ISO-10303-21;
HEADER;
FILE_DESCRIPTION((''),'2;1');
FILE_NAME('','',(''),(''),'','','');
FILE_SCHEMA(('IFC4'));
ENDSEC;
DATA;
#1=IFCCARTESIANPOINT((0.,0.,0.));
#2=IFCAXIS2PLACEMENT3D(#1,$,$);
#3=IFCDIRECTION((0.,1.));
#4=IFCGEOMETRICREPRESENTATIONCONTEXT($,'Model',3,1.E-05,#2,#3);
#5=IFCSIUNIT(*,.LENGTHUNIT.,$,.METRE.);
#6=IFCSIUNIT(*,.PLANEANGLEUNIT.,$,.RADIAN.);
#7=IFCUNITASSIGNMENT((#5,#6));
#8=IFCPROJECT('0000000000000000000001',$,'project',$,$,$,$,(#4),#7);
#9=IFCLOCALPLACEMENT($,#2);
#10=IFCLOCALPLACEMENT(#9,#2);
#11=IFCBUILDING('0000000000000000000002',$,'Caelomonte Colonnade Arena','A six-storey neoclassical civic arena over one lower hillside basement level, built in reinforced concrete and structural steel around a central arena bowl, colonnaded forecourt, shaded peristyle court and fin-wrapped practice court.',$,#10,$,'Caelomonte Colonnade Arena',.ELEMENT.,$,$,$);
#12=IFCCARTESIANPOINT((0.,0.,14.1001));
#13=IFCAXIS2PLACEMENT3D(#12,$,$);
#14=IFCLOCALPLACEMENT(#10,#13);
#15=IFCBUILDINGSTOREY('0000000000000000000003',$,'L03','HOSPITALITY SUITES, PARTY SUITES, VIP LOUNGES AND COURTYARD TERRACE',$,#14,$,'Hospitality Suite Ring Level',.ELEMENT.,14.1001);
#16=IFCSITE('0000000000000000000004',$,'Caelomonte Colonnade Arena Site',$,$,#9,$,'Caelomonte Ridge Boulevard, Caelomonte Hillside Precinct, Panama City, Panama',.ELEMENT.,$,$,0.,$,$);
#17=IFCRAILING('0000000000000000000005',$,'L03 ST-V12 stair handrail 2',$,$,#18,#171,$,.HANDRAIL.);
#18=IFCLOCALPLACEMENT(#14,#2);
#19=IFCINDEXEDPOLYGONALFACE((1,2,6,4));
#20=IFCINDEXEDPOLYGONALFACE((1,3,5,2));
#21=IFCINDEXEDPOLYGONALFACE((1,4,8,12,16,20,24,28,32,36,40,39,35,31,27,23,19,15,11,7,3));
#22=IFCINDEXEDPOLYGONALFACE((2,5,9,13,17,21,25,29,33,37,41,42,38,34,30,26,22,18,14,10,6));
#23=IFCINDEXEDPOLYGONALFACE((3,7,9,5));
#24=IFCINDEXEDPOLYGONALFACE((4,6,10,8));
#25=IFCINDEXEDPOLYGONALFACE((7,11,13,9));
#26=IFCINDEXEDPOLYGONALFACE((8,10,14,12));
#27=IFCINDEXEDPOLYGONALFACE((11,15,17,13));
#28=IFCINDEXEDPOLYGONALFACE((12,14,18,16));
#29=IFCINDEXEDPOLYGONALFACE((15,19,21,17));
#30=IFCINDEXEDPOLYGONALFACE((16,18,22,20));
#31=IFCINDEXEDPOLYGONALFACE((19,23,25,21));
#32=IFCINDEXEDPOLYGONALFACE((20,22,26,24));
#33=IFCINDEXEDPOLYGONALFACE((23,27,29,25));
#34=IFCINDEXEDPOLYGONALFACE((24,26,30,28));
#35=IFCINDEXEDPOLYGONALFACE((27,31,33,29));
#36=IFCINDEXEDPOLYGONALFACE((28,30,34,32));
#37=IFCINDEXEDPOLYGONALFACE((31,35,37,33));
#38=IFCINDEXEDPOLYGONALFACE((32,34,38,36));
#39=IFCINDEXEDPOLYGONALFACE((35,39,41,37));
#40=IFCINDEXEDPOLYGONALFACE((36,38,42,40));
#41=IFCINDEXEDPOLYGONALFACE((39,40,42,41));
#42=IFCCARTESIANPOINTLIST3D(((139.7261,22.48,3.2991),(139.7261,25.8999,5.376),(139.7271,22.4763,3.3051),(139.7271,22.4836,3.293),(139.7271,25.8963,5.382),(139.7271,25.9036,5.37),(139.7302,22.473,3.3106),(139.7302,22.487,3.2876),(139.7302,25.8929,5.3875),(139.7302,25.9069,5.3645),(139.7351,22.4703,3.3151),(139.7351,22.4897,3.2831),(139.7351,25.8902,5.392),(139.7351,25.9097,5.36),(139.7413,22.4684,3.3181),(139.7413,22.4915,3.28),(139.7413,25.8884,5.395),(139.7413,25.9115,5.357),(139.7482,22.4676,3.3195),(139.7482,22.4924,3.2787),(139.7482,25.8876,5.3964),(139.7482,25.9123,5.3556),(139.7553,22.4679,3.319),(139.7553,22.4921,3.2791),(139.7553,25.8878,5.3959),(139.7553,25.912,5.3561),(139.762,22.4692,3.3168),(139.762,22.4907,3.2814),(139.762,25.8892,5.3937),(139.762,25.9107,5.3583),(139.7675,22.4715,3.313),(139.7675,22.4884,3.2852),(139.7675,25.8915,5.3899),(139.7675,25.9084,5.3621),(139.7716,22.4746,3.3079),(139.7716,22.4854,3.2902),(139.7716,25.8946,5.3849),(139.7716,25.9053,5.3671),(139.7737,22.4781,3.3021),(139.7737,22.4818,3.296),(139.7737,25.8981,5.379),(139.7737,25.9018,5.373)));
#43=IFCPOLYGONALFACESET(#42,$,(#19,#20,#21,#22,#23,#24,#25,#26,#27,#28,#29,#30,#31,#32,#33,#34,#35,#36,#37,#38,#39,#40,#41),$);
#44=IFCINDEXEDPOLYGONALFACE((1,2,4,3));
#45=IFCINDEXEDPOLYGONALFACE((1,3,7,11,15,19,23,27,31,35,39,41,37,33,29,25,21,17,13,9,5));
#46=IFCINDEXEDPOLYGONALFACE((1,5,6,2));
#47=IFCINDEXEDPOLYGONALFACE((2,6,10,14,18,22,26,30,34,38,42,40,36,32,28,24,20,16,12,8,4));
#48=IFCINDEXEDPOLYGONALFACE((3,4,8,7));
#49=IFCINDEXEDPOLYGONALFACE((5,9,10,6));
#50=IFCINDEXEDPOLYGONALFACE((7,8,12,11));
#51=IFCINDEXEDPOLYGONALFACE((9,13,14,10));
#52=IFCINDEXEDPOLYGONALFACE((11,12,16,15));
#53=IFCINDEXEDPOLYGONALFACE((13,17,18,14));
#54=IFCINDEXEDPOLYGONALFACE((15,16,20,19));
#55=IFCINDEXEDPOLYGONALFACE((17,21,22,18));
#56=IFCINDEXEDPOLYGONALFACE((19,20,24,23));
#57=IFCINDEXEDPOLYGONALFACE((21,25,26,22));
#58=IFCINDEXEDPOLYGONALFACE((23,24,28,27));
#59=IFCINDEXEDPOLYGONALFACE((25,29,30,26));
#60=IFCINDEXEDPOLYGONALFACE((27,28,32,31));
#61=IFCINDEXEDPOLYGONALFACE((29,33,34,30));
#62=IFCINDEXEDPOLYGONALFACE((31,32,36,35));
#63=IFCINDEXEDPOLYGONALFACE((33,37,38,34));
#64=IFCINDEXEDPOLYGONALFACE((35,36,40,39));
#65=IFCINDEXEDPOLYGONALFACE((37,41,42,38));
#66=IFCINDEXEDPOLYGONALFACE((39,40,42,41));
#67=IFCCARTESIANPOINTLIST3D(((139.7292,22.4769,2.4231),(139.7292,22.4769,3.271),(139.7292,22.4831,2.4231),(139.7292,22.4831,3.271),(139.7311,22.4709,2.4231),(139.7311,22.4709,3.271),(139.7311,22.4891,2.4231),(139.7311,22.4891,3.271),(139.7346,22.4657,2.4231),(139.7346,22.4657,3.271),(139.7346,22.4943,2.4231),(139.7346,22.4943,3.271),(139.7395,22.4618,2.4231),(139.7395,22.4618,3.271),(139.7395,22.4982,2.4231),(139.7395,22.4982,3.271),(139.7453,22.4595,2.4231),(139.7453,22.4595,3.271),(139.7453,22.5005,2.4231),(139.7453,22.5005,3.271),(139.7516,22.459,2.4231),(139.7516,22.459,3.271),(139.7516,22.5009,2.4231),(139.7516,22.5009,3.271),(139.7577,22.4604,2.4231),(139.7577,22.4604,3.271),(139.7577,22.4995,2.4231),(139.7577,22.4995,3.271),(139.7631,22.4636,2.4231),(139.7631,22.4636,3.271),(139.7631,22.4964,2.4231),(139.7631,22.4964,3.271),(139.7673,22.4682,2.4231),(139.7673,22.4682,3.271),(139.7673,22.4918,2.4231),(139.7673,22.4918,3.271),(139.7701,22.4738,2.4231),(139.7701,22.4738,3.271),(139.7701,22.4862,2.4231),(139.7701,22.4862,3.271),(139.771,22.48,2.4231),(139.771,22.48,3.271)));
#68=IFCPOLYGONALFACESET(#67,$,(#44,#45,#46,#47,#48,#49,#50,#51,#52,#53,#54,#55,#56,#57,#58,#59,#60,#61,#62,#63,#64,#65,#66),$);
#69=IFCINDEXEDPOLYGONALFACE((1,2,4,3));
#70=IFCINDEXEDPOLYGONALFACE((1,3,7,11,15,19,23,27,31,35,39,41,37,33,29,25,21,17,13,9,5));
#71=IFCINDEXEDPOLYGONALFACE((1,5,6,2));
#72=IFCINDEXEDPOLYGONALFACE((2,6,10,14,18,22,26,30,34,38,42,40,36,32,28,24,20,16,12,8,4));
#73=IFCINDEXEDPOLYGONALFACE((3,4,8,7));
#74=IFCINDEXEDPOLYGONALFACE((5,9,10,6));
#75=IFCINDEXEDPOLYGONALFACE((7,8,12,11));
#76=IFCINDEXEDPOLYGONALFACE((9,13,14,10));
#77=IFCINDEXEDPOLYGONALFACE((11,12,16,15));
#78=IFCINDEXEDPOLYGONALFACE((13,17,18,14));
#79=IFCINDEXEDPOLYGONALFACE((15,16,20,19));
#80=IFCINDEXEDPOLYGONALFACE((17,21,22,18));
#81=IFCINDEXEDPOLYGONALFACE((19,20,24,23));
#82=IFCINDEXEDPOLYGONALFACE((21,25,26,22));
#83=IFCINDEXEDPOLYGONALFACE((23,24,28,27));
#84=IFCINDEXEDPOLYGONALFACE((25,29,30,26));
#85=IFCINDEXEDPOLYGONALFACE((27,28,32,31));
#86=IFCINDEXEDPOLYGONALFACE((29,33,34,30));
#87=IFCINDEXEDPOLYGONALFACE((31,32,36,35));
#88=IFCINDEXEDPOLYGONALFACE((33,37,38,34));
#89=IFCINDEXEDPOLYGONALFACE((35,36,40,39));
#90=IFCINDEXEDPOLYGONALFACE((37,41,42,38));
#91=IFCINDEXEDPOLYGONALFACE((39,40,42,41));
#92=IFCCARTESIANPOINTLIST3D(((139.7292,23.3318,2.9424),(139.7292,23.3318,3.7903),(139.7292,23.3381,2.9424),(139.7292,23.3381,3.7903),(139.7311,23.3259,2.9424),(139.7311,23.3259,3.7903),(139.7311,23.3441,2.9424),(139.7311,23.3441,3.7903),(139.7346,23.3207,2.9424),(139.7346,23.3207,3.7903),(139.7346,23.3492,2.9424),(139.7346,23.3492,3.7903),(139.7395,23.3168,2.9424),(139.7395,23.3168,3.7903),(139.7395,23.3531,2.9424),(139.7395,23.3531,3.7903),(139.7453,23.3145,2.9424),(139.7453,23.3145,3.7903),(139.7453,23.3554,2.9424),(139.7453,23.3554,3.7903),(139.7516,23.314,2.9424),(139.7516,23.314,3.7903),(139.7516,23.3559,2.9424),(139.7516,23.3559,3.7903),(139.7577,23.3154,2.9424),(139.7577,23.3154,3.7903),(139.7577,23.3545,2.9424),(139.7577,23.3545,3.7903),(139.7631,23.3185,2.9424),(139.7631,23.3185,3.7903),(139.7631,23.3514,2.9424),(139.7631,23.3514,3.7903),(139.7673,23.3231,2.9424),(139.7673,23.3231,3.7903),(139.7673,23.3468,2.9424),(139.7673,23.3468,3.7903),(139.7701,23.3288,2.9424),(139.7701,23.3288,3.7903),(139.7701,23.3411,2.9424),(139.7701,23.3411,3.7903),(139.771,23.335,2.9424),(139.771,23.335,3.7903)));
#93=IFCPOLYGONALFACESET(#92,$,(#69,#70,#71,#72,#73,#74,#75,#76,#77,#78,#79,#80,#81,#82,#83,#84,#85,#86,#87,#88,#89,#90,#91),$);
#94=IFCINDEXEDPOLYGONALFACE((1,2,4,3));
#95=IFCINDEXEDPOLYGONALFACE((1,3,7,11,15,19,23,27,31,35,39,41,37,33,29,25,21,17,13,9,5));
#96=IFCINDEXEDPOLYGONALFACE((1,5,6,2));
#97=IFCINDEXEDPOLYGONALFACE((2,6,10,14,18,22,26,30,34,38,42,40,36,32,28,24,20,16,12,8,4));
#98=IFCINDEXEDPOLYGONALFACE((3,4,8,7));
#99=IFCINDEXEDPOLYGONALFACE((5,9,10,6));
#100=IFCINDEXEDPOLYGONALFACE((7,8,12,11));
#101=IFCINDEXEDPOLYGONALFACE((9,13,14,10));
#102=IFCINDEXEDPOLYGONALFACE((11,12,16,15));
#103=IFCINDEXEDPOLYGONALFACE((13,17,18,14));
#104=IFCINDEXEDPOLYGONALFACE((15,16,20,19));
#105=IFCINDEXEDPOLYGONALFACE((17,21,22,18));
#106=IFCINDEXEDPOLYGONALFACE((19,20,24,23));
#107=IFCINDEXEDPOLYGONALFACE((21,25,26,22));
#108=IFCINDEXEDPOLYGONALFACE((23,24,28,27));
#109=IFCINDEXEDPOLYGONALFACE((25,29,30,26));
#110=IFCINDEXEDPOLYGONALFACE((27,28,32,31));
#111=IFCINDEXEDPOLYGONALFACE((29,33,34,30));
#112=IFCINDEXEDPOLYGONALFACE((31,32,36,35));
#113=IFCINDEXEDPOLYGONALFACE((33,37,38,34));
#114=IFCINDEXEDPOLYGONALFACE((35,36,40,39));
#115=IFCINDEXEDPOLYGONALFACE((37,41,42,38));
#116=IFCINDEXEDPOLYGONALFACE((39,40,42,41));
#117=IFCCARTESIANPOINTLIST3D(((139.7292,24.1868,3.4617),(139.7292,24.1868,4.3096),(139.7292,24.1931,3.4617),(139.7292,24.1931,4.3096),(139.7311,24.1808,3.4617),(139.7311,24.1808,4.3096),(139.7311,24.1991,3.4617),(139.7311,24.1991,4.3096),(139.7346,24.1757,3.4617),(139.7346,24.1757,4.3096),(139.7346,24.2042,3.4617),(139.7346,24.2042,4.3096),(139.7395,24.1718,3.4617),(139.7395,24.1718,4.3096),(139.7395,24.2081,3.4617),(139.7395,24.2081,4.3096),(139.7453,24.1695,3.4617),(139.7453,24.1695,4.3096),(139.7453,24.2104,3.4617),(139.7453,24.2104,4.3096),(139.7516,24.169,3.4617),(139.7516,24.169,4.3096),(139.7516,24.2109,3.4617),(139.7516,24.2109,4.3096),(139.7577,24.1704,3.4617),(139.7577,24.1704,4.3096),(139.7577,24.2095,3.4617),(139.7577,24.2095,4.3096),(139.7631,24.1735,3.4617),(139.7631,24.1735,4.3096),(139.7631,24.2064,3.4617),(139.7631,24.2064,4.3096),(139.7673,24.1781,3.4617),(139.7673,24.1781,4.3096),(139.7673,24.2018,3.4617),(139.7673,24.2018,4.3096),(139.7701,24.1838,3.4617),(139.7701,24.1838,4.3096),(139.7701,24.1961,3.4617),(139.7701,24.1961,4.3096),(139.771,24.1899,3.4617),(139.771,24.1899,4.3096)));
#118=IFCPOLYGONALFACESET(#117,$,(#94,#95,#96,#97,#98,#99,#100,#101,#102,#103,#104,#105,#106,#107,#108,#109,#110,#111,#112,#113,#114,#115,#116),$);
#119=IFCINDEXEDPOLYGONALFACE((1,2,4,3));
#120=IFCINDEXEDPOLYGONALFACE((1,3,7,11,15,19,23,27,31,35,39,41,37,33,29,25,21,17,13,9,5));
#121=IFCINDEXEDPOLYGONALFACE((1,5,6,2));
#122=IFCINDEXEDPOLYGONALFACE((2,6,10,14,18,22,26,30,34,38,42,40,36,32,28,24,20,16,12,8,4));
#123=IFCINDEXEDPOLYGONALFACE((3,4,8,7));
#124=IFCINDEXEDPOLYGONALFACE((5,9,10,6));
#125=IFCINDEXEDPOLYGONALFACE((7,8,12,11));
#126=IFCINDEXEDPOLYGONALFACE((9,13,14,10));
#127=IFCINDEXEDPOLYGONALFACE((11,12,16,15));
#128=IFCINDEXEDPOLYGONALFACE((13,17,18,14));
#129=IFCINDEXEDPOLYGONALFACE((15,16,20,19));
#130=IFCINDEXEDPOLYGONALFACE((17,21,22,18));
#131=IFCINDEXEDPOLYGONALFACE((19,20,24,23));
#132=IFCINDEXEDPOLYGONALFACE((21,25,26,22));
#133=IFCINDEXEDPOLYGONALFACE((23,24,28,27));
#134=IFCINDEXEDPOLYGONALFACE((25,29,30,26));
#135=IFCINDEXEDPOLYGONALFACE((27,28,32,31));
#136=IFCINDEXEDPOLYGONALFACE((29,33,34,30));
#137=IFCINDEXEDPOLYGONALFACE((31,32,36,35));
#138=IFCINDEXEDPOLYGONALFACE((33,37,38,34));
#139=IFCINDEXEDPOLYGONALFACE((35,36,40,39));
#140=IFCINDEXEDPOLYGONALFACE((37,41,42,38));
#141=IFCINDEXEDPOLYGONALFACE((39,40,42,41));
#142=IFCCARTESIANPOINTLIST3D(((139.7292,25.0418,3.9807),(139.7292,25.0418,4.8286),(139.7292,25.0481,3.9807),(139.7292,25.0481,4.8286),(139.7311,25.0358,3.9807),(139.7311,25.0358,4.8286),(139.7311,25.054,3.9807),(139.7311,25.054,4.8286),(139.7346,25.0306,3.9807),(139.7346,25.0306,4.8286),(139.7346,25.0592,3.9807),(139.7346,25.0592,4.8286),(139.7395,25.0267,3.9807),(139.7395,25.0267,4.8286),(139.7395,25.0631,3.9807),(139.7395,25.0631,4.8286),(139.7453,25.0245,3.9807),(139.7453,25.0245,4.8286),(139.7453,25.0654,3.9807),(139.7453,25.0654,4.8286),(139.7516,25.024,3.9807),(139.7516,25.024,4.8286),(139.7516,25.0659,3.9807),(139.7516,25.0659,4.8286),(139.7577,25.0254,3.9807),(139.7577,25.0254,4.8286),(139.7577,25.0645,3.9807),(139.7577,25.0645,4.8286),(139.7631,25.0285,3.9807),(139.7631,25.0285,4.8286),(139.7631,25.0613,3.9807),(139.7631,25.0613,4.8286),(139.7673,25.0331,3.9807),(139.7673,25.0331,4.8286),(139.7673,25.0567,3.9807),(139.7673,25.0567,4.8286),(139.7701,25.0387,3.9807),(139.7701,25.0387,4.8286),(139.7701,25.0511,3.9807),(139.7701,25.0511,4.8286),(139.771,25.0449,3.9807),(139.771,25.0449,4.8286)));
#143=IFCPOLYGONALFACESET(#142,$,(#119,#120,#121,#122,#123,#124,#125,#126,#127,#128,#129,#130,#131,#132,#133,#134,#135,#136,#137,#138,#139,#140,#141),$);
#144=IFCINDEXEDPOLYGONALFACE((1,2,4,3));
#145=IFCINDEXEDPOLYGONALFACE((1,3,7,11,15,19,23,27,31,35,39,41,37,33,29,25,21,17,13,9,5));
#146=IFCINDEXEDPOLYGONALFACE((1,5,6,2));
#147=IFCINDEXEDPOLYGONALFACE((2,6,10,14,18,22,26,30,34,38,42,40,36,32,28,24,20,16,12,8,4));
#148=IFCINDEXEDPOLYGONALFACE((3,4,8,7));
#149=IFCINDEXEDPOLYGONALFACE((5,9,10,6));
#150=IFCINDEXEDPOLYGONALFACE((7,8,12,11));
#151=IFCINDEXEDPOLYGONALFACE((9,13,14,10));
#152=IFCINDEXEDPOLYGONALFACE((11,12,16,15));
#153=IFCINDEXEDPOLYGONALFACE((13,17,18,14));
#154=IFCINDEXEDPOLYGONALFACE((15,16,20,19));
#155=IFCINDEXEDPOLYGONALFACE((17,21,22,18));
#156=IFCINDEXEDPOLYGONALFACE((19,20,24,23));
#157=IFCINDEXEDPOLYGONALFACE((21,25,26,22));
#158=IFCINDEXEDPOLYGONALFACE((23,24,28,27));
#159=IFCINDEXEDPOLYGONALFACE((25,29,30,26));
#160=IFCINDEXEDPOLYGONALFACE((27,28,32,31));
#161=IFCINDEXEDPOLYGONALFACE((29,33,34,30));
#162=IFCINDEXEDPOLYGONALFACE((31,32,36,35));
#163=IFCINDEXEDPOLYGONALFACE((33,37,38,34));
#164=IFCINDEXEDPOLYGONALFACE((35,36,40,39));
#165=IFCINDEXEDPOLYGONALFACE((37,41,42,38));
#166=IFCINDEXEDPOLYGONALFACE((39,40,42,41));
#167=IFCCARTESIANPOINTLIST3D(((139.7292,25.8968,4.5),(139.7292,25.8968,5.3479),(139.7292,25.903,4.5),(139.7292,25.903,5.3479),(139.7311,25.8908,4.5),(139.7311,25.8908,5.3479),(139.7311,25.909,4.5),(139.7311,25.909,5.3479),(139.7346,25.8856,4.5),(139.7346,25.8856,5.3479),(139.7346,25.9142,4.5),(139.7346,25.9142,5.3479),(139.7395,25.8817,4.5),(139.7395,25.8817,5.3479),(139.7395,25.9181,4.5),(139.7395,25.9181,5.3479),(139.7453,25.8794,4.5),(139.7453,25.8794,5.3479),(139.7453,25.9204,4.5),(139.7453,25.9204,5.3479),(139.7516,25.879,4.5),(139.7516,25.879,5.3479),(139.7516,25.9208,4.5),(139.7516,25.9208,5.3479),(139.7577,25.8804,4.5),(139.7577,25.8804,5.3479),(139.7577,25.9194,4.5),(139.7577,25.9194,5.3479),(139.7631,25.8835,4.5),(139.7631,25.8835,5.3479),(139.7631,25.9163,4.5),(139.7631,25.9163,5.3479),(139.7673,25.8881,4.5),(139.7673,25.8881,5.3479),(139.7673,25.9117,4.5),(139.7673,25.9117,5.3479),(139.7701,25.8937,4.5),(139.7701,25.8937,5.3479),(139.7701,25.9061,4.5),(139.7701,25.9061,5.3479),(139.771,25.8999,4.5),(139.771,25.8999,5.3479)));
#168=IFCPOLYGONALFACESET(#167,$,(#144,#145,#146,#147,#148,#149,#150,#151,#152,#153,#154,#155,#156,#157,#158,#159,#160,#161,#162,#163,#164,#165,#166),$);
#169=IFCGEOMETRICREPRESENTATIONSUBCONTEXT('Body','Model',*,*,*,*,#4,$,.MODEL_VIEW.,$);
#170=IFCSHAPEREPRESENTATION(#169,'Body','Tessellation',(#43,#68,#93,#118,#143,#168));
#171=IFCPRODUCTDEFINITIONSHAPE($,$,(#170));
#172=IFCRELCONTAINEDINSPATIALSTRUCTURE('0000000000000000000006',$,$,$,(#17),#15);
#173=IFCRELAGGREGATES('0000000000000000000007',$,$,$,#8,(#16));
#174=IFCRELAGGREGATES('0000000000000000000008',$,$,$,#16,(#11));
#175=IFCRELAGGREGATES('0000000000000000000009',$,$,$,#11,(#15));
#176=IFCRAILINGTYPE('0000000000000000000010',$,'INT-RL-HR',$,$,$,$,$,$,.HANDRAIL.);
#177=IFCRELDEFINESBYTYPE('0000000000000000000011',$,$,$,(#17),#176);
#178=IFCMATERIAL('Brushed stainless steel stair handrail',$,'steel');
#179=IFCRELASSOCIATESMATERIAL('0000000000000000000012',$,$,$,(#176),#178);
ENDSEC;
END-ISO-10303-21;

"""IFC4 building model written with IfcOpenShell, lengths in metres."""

from ifc_helpers import new_model, si_unit, direction, frame, origin, origin_2d, place, context, subcontext, project, spatial, circle, extrude, material, type_object, element, save


model = new_model("IFC4")

# Units and contexts
model_context = context("Model", 3, precision=1e-05, world=origin(), true_north=direction((0.0, 1.0)))
body_context = subcontext(model_context, "Body", "Model", "MODEL_VIEW")
ifc_project = project(units=[si_unit("LENGTHUNIT", "METRE"), si_unit("PLANEANGLEUNIT", "RADIAN")], contexts=[model_context])

# Site, building, storey
site_placement = place(None, origin())
site = spatial("IfcSite", under=ifc_project, at=site_placement, Name="Caelomonte Colonnade Arena Site", LongName="Caelomonte Ridge Boulevard, Caelomonte Hillside Precinct, Panama City, Panama", CompositionType="ELEMENT", RefElevation=0.0)
building_placement = place(site_placement, origin())
building = spatial("IfcBuilding", under=site, at=building_placement, Name="Caelomonte Colonnade Arena", Description="A six-storey neoclassical civic arena over one lower hillside basement level, built in reinforced concrete and structural steel around a central arena bowl, colonnaded forecourt, shaded peristyle court and fin-wrapped practice court.", LongName="Caelomonte Colonnade Arena", CompositionType="ELEMENT")
storey_placement = place(building_placement, frame((0.0, 0.0, 14.1001)))
storey = spatial("IfcBuildingStorey", under=building, at=storey_placement, Name="L03", Description="HOSPITALITY SUITES, PARTY SUITES, VIP LOUNGES AND COURTYARD TERRACE", LongName="Hospitality Suite Ring Level", CompositionType="ELEMENT", Elevation=14.1001)

# Railing
ifc_material_1 = material(Name="Brushed stainless steel stair handrail", Category="steel")
railing_type_1 = type_object("IfcRailingType", Name="INT-RL-HR", PredefinedType="HANDRAIL", material=ifc_material_1)
railing_1_placement = place(storey_placement, frame((139.75, 22.48, 2.4231)))
element("IfcRailing", 1, at=railing_1_placement, inside=storey, type_object=railing_type_1, Name="L03 ST-V12 stair handrail 2", PredefinedType="HANDRAIL", context=body_context, shape_type="SweptSolid", body=[
    extrude(circle(Radius=0.0239, at=origin_2d()), frame((0.0, 0.0, 0.876), z_axis=(0.0, 0.85473, 0.519074), x_axis=(-1.0, 0.0, 0.0)), (0.0, 0.0, 1.0), 4.0012),
    extrude(circle(Radius=0.021, at=origin_2d()), origin(), (0.0, 0.0, 1.0), 0.8479),
    extrude(circle(Radius=0.021, at=origin_2d()), frame((0.0, 0.855, 0.5193)), (0.0, 0.0, 1.0), 0.8479),
    extrude(circle(Radius=0.021, at=origin_2d()), frame((0.0, 1.71, 1.0386)), (0.0, 0.0, 1.0), 0.8479),
    extrude(circle(Radius=0.021, at=origin_2d()), frame((0.0, 2.5649, 1.5576)), (0.0, 0.0, 1.0), 0.8479),
    extrude(circle(Radius=0.021, at=origin_2d()), frame((0.0, 3.4199, 2.0769)), (0.0, 0.0, 1.0), 0.8479),
])

save(model, "model.ifc")
